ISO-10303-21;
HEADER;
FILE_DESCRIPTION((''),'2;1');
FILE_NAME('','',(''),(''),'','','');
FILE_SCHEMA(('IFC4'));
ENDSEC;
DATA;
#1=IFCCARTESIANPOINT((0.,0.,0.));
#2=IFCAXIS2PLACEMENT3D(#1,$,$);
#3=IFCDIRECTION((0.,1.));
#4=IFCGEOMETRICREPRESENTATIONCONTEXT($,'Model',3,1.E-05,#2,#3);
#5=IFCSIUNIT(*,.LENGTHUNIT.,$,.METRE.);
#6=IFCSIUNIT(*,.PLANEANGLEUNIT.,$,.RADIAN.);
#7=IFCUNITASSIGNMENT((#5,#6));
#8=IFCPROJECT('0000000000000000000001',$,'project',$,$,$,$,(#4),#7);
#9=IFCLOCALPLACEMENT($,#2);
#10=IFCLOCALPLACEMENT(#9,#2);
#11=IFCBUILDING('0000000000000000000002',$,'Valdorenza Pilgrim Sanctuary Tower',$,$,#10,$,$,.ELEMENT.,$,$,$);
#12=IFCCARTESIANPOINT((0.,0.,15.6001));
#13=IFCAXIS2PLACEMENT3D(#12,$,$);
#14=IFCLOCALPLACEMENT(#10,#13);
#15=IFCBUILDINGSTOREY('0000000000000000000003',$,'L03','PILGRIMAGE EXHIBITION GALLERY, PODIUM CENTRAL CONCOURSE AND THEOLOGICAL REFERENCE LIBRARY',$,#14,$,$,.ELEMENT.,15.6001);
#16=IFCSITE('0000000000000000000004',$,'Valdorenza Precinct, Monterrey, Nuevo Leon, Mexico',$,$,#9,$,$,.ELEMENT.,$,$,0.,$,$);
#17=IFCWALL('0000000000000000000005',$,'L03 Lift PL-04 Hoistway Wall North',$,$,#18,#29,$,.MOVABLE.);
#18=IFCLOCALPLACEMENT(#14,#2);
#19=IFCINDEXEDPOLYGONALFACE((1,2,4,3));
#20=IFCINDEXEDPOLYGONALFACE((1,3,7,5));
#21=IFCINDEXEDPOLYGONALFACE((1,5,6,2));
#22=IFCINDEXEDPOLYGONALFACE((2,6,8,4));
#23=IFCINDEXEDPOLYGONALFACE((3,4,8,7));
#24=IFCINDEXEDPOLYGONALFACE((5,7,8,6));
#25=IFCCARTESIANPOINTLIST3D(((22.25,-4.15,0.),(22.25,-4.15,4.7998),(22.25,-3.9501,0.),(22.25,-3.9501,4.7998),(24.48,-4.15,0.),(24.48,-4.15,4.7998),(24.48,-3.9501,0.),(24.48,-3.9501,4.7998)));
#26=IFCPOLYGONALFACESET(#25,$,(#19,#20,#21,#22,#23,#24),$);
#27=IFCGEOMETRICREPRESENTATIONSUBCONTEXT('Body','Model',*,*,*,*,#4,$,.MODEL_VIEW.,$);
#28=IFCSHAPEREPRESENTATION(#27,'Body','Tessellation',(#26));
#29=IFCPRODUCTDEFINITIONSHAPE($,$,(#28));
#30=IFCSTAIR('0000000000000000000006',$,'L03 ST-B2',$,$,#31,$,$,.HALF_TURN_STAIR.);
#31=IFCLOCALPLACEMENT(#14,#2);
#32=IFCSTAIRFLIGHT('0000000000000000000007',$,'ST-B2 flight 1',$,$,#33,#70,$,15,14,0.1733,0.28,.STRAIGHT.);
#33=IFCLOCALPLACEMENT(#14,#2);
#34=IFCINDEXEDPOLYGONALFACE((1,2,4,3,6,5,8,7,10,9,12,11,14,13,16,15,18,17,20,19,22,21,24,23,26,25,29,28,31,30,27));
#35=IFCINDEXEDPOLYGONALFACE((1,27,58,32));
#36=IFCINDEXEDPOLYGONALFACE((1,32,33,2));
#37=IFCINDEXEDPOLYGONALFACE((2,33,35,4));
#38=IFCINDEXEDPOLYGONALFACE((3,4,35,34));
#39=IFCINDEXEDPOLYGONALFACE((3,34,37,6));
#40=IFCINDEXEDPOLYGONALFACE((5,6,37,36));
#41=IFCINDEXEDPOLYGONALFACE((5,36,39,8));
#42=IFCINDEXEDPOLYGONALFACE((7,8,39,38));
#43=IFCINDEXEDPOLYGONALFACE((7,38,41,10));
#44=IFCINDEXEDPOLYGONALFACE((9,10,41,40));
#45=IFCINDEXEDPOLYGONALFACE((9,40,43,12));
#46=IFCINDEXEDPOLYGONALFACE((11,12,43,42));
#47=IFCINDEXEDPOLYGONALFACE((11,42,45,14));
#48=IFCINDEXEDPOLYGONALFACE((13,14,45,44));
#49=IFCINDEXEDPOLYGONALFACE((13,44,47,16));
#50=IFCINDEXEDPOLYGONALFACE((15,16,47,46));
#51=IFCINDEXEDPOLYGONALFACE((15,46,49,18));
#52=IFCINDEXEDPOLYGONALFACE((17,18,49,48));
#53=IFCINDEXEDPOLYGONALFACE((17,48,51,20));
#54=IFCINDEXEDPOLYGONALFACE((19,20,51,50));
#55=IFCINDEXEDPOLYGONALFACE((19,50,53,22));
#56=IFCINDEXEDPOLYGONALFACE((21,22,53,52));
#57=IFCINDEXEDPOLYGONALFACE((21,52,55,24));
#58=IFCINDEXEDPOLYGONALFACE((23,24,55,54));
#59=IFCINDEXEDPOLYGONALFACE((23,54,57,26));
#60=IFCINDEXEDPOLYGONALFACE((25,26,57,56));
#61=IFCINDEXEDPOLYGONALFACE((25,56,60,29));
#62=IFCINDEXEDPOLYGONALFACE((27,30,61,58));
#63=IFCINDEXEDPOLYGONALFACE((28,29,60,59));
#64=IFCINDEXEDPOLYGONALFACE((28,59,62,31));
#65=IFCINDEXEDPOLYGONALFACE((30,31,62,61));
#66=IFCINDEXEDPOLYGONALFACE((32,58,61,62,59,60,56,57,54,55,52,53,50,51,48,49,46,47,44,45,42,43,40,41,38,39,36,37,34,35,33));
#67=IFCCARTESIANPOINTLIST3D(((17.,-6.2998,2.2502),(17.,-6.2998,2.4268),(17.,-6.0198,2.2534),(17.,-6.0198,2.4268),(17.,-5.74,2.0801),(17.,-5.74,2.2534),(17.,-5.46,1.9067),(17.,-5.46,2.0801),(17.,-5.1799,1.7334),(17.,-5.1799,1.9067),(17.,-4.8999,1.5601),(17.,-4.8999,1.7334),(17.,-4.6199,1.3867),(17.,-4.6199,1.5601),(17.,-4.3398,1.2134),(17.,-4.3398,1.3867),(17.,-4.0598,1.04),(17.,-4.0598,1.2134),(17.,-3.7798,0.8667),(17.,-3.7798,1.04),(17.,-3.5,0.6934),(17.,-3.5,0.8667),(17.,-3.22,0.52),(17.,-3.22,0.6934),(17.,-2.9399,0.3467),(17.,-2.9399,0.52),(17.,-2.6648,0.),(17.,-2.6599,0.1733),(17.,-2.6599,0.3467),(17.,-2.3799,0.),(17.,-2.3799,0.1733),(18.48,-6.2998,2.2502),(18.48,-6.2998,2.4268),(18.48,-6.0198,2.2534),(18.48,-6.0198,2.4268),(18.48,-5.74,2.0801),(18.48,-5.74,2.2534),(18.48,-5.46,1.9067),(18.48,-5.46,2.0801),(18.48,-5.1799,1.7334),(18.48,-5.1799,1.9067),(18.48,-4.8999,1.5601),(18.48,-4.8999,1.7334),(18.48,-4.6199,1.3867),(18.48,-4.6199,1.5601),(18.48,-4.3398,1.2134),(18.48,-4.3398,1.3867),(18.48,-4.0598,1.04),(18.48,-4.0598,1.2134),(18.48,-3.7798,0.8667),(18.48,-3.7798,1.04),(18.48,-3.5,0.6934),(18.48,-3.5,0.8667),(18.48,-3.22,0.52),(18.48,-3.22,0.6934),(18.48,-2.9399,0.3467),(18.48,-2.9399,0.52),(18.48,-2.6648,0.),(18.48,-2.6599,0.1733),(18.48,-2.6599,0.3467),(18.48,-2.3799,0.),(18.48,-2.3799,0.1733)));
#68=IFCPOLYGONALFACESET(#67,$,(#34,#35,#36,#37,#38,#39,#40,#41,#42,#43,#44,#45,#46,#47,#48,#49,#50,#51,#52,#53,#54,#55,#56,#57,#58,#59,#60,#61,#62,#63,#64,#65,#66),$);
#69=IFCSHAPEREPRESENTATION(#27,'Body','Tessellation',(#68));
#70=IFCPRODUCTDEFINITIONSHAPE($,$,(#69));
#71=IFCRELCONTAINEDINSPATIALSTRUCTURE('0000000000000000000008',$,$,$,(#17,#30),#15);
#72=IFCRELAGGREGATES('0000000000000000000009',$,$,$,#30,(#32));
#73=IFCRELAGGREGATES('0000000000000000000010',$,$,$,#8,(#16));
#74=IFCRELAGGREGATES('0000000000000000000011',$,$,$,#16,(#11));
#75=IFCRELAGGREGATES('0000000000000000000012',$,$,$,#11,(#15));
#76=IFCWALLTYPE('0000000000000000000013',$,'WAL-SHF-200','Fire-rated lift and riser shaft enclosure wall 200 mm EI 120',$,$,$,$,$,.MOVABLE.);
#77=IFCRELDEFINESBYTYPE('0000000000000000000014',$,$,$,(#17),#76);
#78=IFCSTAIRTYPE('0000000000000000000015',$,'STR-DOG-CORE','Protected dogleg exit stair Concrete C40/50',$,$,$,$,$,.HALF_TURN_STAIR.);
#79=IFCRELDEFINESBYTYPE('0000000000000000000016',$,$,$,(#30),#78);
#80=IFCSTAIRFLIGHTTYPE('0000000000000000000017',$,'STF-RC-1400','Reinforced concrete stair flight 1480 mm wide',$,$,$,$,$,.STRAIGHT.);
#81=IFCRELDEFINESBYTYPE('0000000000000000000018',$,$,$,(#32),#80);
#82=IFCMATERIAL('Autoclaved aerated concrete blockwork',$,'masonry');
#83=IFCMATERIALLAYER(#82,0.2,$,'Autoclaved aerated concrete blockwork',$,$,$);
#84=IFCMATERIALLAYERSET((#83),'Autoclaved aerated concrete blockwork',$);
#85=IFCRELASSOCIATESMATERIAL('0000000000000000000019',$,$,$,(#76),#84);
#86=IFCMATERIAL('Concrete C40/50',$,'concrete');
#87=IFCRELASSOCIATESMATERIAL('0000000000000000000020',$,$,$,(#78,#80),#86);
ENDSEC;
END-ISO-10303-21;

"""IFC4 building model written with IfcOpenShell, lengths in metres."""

from ifc_helpers import new_model, si_unit, direction, frame, frame_2d, origin, place, context, subcontext, project, spatial, polyline, rectangle, outline, extrude, material, layer, layer_set, type_object, element, aggregate, save


model = new_model("IFC4")

# Units and contexts
model_context = context("Model", 3, precision=1e-05, world=origin(), true_north=direction((0.0, 1.0)))
body_context = subcontext(model_context, "Body", "Model", "MODEL_VIEW")
ifc_project = project(units=[si_unit("LENGTHUNIT", "METRE"), si_unit("PLANEANGLEUNIT", "RADIAN")], contexts=[model_context])

# Site, building, storey
site_placement = place(None, origin())
site = spatial("IfcSite", under=ifc_project, at=site_placement, Name="Valdorenza Precinct, Monterrey, Nuevo Leon, Mexico", CompositionType="ELEMENT", RefElevation=0.0)
building_placement = place(site_placement, origin())
building = spatial("IfcBuilding", under=site, at=building_placement, Name="Valdorenza Pilgrim Sanctuary Tower", CompositionType="ELEMENT")
storey_placement = place(building_placement, frame((0.0, 0.0, 15.6001)))
storey = spatial("IfcBuildingStorey", under=building, at=storey_placement, Name="L03", Description="PILGRIMAGE EXHIBITION GALLERY, PODIUM CENTRAL CONCOURSE AND THEOLOGICAL REFERENCE LIBRARY", CompositionType="ELEMENT", Elevation=15.6001)

# Wall
ifc_material_1 = material(Name="Autoclaved aerated concrete blockwork", Category="masonry")
ifc_layer_1 = layer(ifc_material_1, 0.2, Name="Autoclaved aerated concrete blockwork")
ifc_layer_set_1 = layer_set([ifc_layer_1], Name="Autoclaved aerated concrete blockwork")
wall_type_1 = type_object("IfcWallType", Name="WAL-SHF-200", Description="Fire-rated lift and riser shaft enclosure wall 200 mm EI 120", PredefinedType="MOVABLE", material=ifc_layer_set_1)
wall_1_placement = place(storey_placement, frame((22.25, -4.05, 0.0), z_axis=(0.0, 0.0, 1.0), x_axis=(1.0, 0.0, 0.0)))
element("IfcWall", 1, at=wall_1_placement, inside=storey, type_object=wall_type_1, Name="L03 Lift PL-04 Hoistway Wall North", PredefinedType="MOVABLE", context=body_context, shape_type="SweptSolid", body=[
    extrude(rectangle(XDim=2.23, YDim=0.2, at=frame_2d((1.115, 0.0))), origin(), (0.0, 0.0, 1.0), 4.7998),
])

# Shared definitions
ifc_material_2 = material(Name="Concrete C40/50", Category="concrete")

# Stair, stair flight
stair_type = type_object("IfcStairType", Name="STR-DOG-CORE", Description="Protected dogleg exit stair Concrete C40/50", PredefinedType="HALF_TURN_STAIR", material=ifc_material_2)
stair_placement = place(storey_placement, origin())
stair = element("IfcStair", 2, at=stair_placement, inside=storey, type_object=stair_type, Name="L03 ST-B2", PredefinedType="HALF_TURN_STAIR")
stair_flight_type = type_object("IfcStairFlightType", Name="STF-RC-1400", Description="Reinforced concrete stair flight 1480 mm wide", PredefinedType="STRAIGHT", material=ifc_material_2)
stair_flight_placement = place(storey_placement, frame((17.74, -2.3799, 0.0), z_axis=(0.0, 0.0, 1.0), x_axis=(0.0, -1.0, 0.0)))
stair_flight = element("IfcStairFlight", 3, at=stair_flight_placement, type_object=stair_flight_type, Name="ST-B2 flight 1", NumberOfRisers=15, NumberOfTreads=14, PredefinedType="STRAIGHT", RiserHeight=0.1733, TreadLength=0.28, context=body_context, shape_type="SweptSolid", body=[
    extrude(outline(polyline([(0.0, 0.0), (0.0, 0.1733), (0.28, 0.1733), (0.28, 0.3467), (0.5601, 0.3467), (0.5601, 0.52), (0.8401, 0.52), (0.8401, 0.6934), (1.1201, 0.6934), (1.1201, 0.8667), (1.3999, 0.8667), (1.3999, 1.04), (1.6799, 1.04), (1.6799, 1.2134), (1.96, 1.2134), (1.96, 1.3867), (2.24, 1.3867), (2.24, 1.5601), (2.52, 1.5601), (2.52, 1.7334), (2.8, 1.7334), (2.8, 1.9067), (3.0801, 1.9067), (3.0801, 2.0801), (3.3601, 2.0801), (3.3601, 2.2534), (3.6399, 2.2534), (3.6399, 2.4268), (3.9199, 2.4268), (3.9199, 2.6001), (3.9199, 2.2502), (0.2849, 0.0), (0.0, 0.0)])), frame((0.0, 0.74, 0.0), z_axis=(0.0, -1.0, 0.0), x_axis=(1.0, 0.0, 0.0)), (0.0, 0.0, 1.0), 1.48),
])
aggregate(stair, [stair_flight])

save(model, "model.ifc")
